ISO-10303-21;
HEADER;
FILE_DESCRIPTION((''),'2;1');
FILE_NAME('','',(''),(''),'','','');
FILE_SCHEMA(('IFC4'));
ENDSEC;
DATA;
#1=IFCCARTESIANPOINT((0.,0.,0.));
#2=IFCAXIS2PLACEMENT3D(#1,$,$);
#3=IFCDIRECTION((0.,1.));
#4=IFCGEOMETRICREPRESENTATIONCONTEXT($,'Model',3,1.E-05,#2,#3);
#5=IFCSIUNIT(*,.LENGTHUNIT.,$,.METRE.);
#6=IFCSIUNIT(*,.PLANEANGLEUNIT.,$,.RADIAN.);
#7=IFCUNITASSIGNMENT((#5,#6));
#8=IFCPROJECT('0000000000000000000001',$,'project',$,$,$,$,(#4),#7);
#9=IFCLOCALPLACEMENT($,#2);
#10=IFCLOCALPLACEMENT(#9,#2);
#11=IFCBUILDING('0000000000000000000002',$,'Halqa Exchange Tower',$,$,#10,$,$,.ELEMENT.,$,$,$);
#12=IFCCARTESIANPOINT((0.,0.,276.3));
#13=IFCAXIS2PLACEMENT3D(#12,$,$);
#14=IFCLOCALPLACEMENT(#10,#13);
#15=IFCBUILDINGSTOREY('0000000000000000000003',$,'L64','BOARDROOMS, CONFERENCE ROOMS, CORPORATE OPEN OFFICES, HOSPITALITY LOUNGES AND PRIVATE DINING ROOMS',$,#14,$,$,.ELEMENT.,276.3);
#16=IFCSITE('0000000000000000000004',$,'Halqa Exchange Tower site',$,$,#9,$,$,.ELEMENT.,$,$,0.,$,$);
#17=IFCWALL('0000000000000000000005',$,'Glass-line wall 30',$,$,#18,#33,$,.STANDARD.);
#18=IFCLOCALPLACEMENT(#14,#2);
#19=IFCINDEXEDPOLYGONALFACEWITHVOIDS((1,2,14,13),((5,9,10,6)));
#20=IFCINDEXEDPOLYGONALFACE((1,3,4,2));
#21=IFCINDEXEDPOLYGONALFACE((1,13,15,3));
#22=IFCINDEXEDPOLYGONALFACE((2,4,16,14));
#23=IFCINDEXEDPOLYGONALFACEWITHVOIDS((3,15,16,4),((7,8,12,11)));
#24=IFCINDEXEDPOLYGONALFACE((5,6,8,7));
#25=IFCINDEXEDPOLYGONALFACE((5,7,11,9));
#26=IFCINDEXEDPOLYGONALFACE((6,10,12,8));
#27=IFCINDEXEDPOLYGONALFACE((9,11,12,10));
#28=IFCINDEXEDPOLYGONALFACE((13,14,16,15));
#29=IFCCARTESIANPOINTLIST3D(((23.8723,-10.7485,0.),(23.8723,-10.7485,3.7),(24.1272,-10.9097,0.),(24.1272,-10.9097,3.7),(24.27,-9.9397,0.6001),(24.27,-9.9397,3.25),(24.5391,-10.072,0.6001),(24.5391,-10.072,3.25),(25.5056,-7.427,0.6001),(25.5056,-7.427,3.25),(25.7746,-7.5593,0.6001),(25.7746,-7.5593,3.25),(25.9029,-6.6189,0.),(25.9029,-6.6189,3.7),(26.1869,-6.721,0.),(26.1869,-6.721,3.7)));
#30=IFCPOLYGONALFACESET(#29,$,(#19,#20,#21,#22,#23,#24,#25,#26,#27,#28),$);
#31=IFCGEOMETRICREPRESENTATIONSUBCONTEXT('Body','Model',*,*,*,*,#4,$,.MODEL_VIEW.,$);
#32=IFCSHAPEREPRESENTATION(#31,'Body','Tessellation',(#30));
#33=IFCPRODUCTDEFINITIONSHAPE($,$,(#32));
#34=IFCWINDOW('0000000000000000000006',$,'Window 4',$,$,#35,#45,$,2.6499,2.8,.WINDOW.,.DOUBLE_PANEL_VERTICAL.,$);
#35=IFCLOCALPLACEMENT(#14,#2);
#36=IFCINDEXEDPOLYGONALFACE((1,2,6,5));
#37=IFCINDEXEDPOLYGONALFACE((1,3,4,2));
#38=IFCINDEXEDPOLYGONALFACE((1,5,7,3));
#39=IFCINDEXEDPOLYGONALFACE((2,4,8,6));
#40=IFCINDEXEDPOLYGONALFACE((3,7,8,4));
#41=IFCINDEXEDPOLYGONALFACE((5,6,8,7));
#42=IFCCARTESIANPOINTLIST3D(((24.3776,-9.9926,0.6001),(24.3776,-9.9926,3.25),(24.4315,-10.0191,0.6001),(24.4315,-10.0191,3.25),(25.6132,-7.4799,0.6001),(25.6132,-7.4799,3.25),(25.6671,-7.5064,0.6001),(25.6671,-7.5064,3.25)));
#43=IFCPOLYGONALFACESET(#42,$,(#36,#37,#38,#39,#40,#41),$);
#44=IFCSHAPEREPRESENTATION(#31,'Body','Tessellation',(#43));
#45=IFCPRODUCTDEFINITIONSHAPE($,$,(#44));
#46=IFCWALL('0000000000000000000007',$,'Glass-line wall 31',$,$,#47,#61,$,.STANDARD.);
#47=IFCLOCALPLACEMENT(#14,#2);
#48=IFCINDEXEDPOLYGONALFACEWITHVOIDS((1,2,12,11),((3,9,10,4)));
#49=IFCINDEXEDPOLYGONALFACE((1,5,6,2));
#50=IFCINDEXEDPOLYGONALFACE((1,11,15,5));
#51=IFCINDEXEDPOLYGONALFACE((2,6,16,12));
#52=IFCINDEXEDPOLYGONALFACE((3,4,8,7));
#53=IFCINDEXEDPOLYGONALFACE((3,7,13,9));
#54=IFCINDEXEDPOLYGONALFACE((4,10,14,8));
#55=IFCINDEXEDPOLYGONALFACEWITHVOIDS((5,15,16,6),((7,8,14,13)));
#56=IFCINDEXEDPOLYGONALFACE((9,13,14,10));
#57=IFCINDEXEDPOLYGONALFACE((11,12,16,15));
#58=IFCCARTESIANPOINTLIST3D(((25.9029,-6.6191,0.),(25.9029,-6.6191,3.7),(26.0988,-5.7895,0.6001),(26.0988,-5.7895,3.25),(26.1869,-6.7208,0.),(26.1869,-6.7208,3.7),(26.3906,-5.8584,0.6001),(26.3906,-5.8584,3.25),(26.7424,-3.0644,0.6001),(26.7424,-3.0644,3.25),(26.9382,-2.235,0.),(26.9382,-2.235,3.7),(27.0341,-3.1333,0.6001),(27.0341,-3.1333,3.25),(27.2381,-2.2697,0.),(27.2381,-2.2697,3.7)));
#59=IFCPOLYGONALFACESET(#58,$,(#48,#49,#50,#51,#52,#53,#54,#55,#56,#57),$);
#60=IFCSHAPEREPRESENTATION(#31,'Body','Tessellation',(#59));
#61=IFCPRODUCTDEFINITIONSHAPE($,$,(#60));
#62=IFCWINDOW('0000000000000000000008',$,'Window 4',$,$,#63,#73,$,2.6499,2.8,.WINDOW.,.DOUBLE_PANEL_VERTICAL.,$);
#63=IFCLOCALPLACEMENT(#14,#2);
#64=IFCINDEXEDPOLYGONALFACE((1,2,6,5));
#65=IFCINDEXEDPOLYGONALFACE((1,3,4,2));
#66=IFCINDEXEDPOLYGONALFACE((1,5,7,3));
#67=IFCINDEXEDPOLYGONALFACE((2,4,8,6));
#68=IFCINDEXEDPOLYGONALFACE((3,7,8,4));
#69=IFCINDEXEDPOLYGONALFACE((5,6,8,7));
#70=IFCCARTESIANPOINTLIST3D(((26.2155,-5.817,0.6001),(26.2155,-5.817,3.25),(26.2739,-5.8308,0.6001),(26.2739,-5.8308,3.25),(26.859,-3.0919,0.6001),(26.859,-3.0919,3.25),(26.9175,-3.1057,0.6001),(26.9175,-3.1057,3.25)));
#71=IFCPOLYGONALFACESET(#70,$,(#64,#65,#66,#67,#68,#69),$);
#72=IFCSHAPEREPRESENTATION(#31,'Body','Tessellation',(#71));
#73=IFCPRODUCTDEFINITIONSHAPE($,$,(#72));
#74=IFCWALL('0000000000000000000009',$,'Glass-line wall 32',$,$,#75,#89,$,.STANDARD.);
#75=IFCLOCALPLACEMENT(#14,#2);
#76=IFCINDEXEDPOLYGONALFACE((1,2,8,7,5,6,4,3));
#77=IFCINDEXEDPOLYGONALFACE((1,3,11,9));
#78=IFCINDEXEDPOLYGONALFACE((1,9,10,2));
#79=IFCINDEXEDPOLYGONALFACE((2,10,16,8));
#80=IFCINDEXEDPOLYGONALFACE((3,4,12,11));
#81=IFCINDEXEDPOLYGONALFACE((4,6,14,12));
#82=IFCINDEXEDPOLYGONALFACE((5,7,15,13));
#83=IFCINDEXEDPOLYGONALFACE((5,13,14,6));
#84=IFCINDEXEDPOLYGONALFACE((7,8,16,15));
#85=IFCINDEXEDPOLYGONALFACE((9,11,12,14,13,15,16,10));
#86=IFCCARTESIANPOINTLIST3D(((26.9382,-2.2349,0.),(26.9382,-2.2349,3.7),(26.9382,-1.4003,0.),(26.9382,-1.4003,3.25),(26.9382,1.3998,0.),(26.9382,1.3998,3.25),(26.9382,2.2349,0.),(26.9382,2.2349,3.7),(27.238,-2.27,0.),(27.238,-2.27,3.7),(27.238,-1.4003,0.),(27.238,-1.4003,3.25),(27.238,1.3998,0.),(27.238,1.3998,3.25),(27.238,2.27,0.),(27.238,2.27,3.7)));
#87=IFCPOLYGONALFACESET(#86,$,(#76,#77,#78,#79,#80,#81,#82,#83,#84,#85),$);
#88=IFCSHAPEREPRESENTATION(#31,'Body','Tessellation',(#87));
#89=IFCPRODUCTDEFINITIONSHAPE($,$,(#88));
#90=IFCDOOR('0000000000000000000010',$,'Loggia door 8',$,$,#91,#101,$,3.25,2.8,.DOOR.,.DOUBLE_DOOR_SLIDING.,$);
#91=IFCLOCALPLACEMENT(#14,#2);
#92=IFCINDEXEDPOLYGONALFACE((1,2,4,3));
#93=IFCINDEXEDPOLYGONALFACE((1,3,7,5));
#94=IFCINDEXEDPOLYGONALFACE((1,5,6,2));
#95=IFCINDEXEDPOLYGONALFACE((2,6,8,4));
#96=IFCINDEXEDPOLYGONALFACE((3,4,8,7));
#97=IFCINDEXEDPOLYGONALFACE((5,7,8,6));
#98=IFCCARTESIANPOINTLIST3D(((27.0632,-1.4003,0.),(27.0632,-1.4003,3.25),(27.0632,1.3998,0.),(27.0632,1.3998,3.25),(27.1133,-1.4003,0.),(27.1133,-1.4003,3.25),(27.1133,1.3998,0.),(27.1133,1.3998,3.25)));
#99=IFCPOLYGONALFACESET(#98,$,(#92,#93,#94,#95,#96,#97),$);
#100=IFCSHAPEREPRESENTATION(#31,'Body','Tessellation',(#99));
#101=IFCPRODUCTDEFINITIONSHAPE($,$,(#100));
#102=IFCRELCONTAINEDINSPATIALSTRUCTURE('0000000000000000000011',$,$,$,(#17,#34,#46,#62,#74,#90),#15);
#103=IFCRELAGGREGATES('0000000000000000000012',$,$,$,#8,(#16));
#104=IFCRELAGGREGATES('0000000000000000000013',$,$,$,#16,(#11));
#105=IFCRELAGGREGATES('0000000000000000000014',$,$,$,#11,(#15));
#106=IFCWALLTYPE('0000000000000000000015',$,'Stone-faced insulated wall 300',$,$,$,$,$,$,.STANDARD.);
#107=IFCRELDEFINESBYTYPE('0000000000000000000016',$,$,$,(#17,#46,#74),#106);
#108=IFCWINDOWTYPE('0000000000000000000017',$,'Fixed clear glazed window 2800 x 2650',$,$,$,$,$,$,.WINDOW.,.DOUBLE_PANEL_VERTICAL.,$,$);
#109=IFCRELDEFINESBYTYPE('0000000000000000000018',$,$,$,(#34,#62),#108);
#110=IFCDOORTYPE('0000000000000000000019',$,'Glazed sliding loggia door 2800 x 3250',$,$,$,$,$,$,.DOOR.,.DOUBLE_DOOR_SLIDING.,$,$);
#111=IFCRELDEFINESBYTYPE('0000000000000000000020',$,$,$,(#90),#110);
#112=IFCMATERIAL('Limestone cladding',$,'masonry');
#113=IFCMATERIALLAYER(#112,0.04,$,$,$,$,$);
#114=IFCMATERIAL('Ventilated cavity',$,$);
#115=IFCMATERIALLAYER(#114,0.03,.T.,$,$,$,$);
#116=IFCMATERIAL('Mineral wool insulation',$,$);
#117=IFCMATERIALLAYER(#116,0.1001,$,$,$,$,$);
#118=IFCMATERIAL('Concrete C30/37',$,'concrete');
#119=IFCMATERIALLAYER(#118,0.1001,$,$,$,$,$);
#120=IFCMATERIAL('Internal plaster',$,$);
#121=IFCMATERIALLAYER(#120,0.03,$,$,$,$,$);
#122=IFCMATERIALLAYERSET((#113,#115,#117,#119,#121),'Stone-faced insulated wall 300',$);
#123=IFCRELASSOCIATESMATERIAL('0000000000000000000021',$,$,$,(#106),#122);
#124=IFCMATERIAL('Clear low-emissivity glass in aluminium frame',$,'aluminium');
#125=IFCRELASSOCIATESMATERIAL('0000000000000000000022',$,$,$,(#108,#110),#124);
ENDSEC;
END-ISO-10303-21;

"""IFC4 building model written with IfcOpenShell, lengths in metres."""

from ifc_helpers import new_model, si_unit, direction, frame, frame_2d, origin, place, context, subcontext, project, spatial, polyline, rectangle, outline, extrude, material, layer, layer_set, type_object, element, fill, save


model = new_model("IFC4")

# Units and contexts
model_context = context("Model", 3, precision=1e-05, world=origin(), true_north=direction((0.0, 1.0)))
body_context = subcontext(model_context, "Body", "Model", "MODEL_VIEW")
ifc_project = project(units=[si_unit("LENGTHUNIT", "METRE"), si_unit("PLANEANGLEUNIT", "RADIAN")], contexts=[model_context])

# Site, building, storey
site_placement = place(None, origin())
site = spatial("IfcSite", under=ifc_project, at=site_placement, Name="Halqa Exchange Tower site", CompositionType="ELEMENT", RefElevation=0.0)
building_placement = place(site_placement, origin())
building = spatial("IfcBuilding", under=site, at=building_placement, Name="Halqa Exchange Tower", CompositionType="ELEMENT")
storey_placement = place(building_placement, frame((0.0, 0.0, 276.3)))
storey = spatial("IfcBuildingStorey", under=building, at=storey_placement, Name="L64", Description="BOARDROOMS, CONFERENCE ROOMS, CORPORATE OPEN OFFICES, HOSPITALITY LOUNGES AND PRIVATE DINING ROOMS", CompositionType="ELEMENT", Elevation=276.3)

# Walls, openings, windows
ifc_material_1 = material(Name="Limestone cladding", Category="masonry")
ifc_layer_1 = layer(ifc_material_1, 0.04)
ifc_material_2 = material(Name="Ventilated cavity")
ifc_layer_2 = layer(ifc_material_2, 0.03, ventilated=True)
ifc_material_3 = material(Name="Mineral wool insulation")
ifc_layer_3 = layer(ifc_material_3, 0.1001)
ifc_material_4 = material(Name="Concrete C30/37", Category="concrete")
ifc_layer_4 = layer(ifc_material_4, 0.1001)
ifc_material_5 = material(Name="Internal plaster")
ifc_layer_5 = layer(ifc_material_5, 0.03)
ifc_layer_set_1 = layer_set([ifc_layer_1, ifc_layer_2, ifc_layer_3, ifc_layer_4, ifc_layer_5], Name="Stone-faced insulated wall 300")
wall_type_1 = type_object("IfcWallType", Name="Stone-faced insulated wall 300", PredefinedType="STANDARD", material=ifc_layer_set_1)
wall_1_placement = place(storey_placement, frame((23.9998, -10.8291, 0.0), z_axis=(0.0, 0.0, 1.0), x_axis=(0.441262, 0.897378, 0.0)))
wall_1 = element("IfcWall", 1, at=wall_1_placement, inside=storey, type_object=wall_type_1, Name="Glass-line wall 30", PredefinedType="STANDARD", context=body_context, shape_type="SweptSolid", body=[
    extrude(outline(polyline([(-0.0161, -0.1499), (4.6516, -0.1499), (4.6179, 0.1499), (0.0161, 0.1499), (-0.0161, -0.1499)])), origin(), (0.0, 0.0, 1.0), 3.7),
])
opening_1_placement = place(wall_1_placement, frame((0.9175, 0.0, 0.6001)))
opening_1 = element("IfcOpeningElement", 2, at=opening_1_placement, cuts=wall_1, PredefinedType="OPENING", context=body_context, shape_type="SweptSolid", body=[
    extrude(rectangle(XDim=2.8, YDim=2.6499, at=frame_2d((1.3999, 1.325))), frame((0.0, 0.1621, 0.0), z_axis=(0.0, -1.0, 0.0), x_axis=(1.0, 0.0, 0.0)), (0.0, 0.0, 1.0), 0.324),
])
ifc_material_6 = material(Name="Clear low-emissivity glass in aluminium frame", Category="aluminium")
window_type = type_object("IfcWindowType", Name="Fixed clear glazed window 2800 x 2650", PartitioningType="DOUBLE_PANEL_VERTICAL", PredefinedType="WINDOW", material=ifc_material_6)
window_1_placement = place(opening_1_placement, origin())
window_1 = element("IfcWindow", 3, at=window_1_placement, inside=storey, type_object=window_type, Name="Window 4", OverallHeight=2.6499, OverallWidth=2.8, PartitioningType="DOUBLE_PANEL_VERTICAL", PredefinedType="WINDOW", context=body_context, shape_type="SweptSolid", body=[
    extrude(rectangle(XDim=2.8, YDim=2.6499, at=frame_2d((1.3999, 1.325))), frame((0.0, 0.03, 0.0), z_axis=(0.0, -1.0, 0.0), x_axis=(1.0, 0.0, 0.0)), (0.0, 0.0, 1.0), 0.0601),
])
fill(opening_1, window_1)
wall_2_placement = place(storey_placement, frame((26.0449, -6.6699, 0.0), z_axis=(0.0, 0.0, 1.0), x_axis=(0.229834, 0.97323, 0.0)))
wall_2 = element("IfcWall", 4, at=wall_2_placement, inside=storey, type_object=wall_type_1, Name="Glass-line wall 31", PredefinedType="STANDARD", context=body_context, shape_type="SweptSolid", body=[
    extrude(outline(polyline([(-0.0168, -0.1499), (4.5566, -0.1499), (4.5215, 0.1499), (0.0168, 0.1499), (-0.0168, -0.1499)])), origin(), (0.0, 0.0, 1.0), 3.7),
])
opening_2_placement = place(wall_2_placement, frame((0.8694, 0.0, 0.6001)))
opening_2 = element("IfcOpeningElement", 5, at=opening_2_placement, cuts=wall_2, PredefinedType="OPENING", context=body_context, shape_type="SweptSolid", body=[
    extrude(rectangle(XDim=2.8, YDim=2.6499, at=frame_2d((1.3999, 1.325))), frame((0.0, 0.1621, 0.0), z_axis=(0.0, -1.0, 0.0), x_axis=(1.0, 0.0, 0.0)), (0.0, 0.0, 1.0), 0.324),
])
window_2_placement = place(opening_2_placement, origin())
window_2 = element("IfcWindow", 6, at=window_2_placement, inside=storey, type_object=window_type, Name="Window 4", OverallHeight=2.6499, OverallWidth=2.8, PartitioningType="DOUBLE_PANEL_VERTICAL", PredefinedType="WINDOW", context=body_context, shape_type="SweptSolid", body=[
    extrude(rectangle(XDim=2.8, YDim=2.6499, at=frame_2d((1.3999, 1.325))), frame((0.0, 0.03, 0.0), z_axis=(0.0, -1.0, 0.0), x_axis=(1.0, 0.0, 0.0)), (0.0, 0.0, 1.0), 0.0601),
])
fill(opening_2, window_2)

# Wall, opening, door
wall_3_placement = place(storey_placement, frame((27.0881, -2.2524, 0.0), z_axis=(0.0, 0.0, 1.0), x_axis=(0.0, 1.0, 0.0)))
wall_3 = element("IfcWall", 7, at=wall_3_placement, inside=storey, type_object=wall_type_1, Name="Glass-line wall 32", PredefinedType="STANDARD", context=body_context, shape_type="SweptSolid", body=[
    extrude(outline(polyline([(-0.0176, -0.1499), (4.5225, -0.1499), (4.4873, 0.1499), (0.0176, 0.1499), (-0.0176, -0.1499)])), origin(), (0.0, 0.0, 1.0), 3.7),
])
opening_3_placement = place(wall_3_placement, frame((0.8523, 0.0, 0.0)))
opening_3 = element("IfcOpeningElement", 8, at=opening_3_placement, cuts=wall_3, PredefinedType="OPENING", context=body_context, shape_type="SweptSolid", body=[
    extrude(rectangle(XDim=2.8, YDim=3.25, at=frame_2d((1.3999, 1.625))), frame((0.0, 0.1621, 0.0), z_axis=(0.0, -1.0, 0.0), x_axis=(1.0, 0.0, 0.0)), (0.0, 0.0, 1.0), 0.324),
])
door_type_1 = type_object("IfcDoorType", Name="Glazed sliding loggia door 2800 x 3250", OperationType="DOUBLE_DOOR_SLIDING", PredefinedType="DOOR", material=ifc_material_6)
door_1_placement = place(opening_3_placement, origin())
door_1 = element("IfcDoor", 9, at=door_1_placement, inside=storey, type_object=door_type_1, Name="Loggia door 8", OperationType="DOUBLE_DOOR_SLIDING", OverallHeight=3.25, OverallWidth=2.8, PredefinedType="DOOR", context=body_context, shape_type="SweptSolid", body=[
    extrude(rectangle(XDim=2.8, YDim=3.25, at=frame_2d((1.3999, 1.625))), frame((0.0, 0.0249, 0.0), z_axis=(0.0, -1.0, 0.0), x_axis=(1.0, 0.0, 0.0)), (0.0, 0.0, 1.0), 0.05),
])
fill(opening_3, door_1)

save(model, "model.ifc")
